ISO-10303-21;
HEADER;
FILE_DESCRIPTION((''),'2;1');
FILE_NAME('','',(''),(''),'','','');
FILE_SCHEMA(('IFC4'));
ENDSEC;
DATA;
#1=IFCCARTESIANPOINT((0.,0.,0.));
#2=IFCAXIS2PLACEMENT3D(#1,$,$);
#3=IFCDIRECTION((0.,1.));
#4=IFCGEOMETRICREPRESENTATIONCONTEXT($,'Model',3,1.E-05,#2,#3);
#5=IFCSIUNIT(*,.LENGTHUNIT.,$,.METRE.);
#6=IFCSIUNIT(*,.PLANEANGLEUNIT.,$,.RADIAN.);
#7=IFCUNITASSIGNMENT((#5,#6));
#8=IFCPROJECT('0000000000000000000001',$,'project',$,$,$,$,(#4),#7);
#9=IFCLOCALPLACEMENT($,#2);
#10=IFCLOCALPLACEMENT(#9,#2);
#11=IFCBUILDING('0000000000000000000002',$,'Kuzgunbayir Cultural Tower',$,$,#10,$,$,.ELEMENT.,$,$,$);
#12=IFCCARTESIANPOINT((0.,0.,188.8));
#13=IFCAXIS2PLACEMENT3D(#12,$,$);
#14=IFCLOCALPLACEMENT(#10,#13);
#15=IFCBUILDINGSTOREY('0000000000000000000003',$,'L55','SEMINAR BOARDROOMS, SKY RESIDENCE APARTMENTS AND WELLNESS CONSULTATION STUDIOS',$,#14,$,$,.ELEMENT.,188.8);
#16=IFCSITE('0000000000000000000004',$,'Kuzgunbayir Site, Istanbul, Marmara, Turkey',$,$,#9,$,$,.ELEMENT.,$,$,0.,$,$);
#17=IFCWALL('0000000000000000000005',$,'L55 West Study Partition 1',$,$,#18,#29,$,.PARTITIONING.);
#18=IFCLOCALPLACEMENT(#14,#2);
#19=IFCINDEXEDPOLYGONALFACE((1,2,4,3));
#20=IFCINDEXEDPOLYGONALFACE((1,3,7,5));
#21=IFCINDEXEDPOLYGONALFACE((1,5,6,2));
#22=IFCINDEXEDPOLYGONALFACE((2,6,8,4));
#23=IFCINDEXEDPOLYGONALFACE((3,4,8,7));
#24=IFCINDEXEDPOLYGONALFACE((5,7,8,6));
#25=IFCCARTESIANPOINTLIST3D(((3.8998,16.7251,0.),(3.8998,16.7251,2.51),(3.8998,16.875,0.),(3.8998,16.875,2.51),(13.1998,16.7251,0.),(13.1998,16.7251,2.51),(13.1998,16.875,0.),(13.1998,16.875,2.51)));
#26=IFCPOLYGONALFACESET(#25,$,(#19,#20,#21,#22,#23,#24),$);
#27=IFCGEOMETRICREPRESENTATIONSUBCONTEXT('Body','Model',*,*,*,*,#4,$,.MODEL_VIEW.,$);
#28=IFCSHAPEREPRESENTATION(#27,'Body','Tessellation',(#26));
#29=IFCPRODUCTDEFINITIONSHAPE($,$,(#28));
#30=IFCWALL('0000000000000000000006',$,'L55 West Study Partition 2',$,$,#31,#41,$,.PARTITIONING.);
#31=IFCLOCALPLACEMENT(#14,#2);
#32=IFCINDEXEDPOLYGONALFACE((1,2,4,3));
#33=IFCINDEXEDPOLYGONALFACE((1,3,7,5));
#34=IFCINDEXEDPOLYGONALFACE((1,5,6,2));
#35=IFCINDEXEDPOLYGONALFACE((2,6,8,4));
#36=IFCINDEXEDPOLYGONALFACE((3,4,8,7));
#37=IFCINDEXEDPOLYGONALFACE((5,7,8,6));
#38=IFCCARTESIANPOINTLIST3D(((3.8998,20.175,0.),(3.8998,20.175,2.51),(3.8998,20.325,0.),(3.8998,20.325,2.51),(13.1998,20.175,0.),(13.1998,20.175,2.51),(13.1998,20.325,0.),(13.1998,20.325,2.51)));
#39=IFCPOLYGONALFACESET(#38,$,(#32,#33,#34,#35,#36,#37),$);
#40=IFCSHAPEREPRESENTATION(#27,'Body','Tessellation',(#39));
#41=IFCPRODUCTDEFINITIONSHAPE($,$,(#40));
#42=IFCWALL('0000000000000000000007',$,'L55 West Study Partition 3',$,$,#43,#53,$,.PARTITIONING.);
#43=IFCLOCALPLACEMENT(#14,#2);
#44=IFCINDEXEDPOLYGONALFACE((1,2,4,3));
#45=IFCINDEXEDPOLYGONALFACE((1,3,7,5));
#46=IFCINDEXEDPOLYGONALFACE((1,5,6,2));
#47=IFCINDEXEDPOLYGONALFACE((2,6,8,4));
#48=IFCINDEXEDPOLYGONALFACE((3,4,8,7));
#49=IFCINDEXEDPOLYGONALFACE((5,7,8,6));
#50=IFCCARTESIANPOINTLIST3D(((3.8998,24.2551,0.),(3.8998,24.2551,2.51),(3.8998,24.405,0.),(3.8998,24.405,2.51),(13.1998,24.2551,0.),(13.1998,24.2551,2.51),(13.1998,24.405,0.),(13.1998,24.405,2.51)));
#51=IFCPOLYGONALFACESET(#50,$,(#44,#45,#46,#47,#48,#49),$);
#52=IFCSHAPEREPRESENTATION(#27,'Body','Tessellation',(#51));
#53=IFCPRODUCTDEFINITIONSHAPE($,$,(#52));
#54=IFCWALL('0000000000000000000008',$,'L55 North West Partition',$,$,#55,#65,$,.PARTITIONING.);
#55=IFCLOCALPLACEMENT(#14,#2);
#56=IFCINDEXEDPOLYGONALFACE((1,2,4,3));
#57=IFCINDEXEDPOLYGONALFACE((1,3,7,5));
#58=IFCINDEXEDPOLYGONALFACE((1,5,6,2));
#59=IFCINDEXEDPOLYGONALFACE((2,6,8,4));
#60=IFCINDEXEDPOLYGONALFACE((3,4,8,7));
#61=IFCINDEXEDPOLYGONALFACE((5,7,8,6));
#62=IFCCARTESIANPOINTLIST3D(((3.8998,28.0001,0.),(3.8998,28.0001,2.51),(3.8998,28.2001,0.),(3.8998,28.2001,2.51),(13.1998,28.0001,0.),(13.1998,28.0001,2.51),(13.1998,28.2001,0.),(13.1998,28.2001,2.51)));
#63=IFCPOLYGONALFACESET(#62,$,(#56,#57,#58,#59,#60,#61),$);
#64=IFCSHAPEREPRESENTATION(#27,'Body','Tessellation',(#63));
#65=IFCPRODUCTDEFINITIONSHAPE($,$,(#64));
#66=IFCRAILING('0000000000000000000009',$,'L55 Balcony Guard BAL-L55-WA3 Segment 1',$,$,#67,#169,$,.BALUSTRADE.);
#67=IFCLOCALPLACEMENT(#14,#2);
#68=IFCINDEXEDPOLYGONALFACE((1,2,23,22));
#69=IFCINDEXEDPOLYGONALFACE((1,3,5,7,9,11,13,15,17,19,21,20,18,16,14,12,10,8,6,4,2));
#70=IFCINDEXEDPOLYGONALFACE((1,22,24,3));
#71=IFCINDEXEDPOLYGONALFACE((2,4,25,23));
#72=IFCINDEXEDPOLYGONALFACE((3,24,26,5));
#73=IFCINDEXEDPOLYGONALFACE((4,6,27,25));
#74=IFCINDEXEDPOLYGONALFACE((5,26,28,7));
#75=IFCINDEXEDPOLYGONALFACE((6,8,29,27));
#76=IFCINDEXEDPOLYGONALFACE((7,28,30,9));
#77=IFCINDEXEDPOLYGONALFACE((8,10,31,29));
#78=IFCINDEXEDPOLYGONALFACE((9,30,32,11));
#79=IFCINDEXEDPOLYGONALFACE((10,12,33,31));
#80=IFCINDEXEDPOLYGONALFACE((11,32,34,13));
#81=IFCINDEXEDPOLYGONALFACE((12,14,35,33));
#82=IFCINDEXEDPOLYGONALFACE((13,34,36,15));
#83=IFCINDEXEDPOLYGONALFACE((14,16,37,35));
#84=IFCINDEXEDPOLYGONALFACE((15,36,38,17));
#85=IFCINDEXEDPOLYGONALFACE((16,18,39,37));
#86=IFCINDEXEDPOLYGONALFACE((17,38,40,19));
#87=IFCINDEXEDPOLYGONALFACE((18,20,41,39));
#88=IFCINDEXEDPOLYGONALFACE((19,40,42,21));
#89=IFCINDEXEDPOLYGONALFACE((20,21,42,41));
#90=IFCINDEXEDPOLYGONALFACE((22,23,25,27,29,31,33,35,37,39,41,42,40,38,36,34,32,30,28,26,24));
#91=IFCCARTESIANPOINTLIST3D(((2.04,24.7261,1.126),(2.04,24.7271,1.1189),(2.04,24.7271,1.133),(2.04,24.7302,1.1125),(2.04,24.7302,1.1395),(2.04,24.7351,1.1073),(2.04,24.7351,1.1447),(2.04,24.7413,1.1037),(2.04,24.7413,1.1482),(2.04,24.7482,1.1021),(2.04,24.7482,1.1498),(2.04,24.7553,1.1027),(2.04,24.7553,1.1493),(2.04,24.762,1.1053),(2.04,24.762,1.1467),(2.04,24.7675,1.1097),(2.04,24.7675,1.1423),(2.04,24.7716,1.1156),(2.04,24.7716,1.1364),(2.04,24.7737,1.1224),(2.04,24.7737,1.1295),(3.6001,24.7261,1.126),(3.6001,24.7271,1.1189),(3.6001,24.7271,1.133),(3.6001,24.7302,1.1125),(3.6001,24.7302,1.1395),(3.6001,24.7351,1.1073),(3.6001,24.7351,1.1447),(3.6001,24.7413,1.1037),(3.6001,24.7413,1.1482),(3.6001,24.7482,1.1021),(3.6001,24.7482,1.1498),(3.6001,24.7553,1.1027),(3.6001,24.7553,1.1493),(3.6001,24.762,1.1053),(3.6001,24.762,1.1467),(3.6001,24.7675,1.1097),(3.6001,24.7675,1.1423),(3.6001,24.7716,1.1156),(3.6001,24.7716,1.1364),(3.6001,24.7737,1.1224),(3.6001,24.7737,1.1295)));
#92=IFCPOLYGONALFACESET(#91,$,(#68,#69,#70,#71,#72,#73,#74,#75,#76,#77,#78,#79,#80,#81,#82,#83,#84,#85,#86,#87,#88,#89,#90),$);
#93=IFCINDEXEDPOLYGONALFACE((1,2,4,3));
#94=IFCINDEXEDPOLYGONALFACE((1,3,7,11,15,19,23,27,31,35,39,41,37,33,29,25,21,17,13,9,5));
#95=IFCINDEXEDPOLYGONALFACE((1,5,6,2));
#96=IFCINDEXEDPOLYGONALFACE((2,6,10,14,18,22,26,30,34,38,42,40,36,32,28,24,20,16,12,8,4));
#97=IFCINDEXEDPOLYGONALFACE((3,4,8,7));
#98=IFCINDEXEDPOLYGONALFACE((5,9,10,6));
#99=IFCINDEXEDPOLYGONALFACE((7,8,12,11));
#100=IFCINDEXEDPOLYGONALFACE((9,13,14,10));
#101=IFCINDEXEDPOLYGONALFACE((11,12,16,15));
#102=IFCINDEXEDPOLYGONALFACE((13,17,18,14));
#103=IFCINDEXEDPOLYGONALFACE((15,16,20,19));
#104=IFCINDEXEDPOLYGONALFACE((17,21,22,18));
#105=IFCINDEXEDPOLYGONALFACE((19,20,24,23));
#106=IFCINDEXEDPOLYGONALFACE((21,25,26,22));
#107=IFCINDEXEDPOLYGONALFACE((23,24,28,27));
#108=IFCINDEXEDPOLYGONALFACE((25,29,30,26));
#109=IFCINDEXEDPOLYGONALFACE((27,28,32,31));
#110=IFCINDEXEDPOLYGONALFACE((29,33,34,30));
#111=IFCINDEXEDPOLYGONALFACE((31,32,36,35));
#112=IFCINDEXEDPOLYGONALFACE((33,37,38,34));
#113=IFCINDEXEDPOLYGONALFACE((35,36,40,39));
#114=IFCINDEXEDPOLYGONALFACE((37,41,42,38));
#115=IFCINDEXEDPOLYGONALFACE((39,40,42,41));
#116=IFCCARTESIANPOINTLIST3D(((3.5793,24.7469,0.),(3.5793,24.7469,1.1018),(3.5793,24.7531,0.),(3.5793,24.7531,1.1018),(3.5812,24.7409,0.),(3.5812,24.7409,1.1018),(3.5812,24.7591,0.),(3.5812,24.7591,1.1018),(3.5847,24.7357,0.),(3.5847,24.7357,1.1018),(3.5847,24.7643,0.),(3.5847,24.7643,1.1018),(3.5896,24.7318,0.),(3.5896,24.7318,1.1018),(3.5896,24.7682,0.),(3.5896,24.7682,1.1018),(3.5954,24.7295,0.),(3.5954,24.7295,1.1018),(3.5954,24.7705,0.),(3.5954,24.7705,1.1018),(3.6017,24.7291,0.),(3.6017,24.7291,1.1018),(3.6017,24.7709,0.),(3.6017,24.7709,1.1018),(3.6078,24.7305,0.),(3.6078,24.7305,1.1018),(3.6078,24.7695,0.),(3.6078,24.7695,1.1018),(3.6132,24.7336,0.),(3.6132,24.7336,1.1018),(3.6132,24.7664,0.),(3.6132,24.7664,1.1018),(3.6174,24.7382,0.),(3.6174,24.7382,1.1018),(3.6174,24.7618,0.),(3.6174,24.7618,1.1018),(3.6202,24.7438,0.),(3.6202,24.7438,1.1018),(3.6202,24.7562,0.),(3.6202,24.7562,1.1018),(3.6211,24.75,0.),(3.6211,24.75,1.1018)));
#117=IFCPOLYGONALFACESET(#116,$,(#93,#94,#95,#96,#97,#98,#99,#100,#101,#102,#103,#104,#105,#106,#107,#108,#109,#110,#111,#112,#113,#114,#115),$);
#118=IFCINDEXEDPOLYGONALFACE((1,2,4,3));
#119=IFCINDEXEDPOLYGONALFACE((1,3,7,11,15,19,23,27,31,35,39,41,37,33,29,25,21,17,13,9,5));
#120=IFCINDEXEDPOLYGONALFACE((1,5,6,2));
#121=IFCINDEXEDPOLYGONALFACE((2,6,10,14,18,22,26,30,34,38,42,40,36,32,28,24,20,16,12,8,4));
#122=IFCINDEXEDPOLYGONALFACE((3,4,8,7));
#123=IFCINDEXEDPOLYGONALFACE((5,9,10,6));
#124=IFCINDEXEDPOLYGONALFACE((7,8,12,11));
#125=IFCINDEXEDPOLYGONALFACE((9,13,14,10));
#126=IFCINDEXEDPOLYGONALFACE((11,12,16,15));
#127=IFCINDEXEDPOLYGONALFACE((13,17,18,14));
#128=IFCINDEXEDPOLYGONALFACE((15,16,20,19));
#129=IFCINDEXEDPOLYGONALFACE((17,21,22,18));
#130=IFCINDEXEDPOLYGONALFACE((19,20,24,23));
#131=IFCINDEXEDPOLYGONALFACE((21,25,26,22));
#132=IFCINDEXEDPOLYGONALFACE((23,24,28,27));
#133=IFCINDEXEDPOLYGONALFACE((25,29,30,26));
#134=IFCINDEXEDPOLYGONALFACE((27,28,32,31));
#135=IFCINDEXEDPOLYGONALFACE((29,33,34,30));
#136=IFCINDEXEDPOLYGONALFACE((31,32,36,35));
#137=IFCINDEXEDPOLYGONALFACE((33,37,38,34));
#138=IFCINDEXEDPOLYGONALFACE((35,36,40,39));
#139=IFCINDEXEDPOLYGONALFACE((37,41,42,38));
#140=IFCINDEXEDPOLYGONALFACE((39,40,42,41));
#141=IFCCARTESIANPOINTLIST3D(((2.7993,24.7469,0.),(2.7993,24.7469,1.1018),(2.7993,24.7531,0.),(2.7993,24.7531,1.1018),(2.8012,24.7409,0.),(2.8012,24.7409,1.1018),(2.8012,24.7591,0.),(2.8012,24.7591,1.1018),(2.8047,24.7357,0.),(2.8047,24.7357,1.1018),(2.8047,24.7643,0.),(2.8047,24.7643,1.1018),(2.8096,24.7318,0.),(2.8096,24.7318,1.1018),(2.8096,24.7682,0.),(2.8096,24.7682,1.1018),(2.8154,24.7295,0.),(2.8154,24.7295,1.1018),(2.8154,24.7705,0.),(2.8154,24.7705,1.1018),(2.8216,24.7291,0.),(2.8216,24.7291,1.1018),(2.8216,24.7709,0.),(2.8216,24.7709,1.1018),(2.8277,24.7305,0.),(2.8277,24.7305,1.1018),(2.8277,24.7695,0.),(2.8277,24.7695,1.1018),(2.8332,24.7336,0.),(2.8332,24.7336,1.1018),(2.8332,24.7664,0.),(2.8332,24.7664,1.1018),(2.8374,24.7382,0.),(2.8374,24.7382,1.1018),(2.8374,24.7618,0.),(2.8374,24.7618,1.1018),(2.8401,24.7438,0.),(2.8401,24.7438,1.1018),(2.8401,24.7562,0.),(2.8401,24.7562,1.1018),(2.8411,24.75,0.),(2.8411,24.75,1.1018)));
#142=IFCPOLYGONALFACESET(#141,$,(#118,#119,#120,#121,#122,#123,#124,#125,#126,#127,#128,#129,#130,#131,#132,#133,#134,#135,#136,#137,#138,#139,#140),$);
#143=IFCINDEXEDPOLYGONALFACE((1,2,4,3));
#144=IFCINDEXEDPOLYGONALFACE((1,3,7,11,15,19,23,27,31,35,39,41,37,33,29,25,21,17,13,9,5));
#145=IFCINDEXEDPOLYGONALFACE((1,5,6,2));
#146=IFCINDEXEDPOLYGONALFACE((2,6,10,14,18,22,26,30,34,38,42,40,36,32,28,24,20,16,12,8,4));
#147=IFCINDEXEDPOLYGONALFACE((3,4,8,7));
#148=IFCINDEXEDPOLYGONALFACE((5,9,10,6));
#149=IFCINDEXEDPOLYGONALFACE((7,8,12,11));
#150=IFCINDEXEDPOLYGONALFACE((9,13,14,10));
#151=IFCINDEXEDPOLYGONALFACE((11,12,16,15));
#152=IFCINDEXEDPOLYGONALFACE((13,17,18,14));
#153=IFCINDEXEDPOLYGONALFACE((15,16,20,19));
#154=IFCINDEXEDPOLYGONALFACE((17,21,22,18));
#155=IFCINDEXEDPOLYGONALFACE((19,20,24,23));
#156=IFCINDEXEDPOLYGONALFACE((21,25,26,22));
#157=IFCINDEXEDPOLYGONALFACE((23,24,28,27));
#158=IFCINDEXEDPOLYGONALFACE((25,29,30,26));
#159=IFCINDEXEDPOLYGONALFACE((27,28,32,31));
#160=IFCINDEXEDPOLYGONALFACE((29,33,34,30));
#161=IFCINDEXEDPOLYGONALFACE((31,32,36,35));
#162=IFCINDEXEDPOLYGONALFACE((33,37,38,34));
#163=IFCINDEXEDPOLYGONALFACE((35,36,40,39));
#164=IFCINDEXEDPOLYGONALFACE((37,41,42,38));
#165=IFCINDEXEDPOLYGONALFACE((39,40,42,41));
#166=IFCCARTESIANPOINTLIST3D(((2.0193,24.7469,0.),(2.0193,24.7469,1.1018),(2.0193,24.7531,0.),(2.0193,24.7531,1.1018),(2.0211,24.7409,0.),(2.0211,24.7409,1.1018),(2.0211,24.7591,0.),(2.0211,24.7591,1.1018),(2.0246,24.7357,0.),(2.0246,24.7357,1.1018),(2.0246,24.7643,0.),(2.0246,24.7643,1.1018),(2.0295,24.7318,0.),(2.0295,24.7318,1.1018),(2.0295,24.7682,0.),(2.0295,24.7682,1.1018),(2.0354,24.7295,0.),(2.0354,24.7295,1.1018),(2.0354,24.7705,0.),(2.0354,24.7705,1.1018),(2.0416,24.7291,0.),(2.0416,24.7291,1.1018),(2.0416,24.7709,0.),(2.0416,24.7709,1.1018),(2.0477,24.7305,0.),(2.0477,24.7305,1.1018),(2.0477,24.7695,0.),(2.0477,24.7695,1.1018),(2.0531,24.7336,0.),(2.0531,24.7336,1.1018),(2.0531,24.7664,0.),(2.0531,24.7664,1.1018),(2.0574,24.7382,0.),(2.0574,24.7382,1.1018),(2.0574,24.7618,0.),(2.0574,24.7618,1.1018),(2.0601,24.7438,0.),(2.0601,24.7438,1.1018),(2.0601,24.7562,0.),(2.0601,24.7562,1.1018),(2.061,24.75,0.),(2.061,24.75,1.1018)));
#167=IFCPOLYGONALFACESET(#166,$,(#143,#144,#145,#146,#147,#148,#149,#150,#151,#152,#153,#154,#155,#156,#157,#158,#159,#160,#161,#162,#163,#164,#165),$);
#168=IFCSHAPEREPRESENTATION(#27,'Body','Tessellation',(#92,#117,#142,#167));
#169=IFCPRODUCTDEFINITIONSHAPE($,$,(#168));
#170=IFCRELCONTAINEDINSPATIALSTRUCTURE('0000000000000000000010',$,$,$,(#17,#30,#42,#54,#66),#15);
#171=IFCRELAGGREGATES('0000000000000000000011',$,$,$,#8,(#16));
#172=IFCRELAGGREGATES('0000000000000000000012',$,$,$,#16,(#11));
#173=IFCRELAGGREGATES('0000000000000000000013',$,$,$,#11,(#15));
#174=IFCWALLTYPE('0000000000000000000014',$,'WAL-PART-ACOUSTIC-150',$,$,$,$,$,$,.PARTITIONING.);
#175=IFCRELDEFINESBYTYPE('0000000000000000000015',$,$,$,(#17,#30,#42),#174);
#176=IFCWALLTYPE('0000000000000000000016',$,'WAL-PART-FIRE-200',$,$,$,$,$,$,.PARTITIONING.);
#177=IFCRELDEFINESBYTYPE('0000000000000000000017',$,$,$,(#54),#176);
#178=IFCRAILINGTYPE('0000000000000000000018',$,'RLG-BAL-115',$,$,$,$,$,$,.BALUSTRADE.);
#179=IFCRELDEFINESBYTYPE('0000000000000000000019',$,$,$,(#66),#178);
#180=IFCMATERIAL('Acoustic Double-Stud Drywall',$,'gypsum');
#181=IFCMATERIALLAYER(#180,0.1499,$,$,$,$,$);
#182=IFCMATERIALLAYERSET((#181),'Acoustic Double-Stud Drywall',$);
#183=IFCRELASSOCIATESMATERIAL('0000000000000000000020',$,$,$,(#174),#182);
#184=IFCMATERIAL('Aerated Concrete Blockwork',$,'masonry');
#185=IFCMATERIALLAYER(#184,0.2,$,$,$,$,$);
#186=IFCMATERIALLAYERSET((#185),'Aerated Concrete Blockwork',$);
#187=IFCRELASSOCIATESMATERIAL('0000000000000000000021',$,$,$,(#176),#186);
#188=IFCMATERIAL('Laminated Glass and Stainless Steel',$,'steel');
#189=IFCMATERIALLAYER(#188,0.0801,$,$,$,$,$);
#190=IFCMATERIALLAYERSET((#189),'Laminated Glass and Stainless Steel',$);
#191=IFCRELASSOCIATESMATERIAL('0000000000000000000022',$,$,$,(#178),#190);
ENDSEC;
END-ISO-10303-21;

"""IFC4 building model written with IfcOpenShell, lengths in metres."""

from ifc_helpers import new_model, si_unit, direction, frame, frame_2d, origin, origin_2d, place, context, subcontext, project, spatial, rectangle, circle, extrude, material, layer, layer_set, type_object, element, save


model = new_model("IFC4")

# Units and contexts
model_context = context("Model", 3, precision=1e-05, world=origin(), true_north=direction((0.0, 1.0)))
body_context = subcontext(model_context, "Body", "Model", "MODEL_VIEW")
ifc_project = project(units=[si_unit("LENGTHUNIT", "METRE"), si_unit("PLANEANGLEUNIT", "RADIAN")], contexts=[model_context])

# Site, building, storey
site_placement = place(None, origin())
site = spatial("IfcSite", under=ifc_project, at=site_placement, Name="Kuzgunbayir Site, Istanbul, Marmara, Turkey", CompositionType="ELEMENT", RefElevation=0.0)
building_placement = place(site_placement, origin())
building = spatial("IfcBuilding", under=site, at=building_placement, Name="Kuzgunbayir Cultural Tower", CompositionType="ELEMENT")
storey_placement = place(building_placement, frame((0.0, 0.0, 188.8)))
storey = spatial("IfcBuildingStorey", under=building, at=storey_placement, Name="L55", Description="SEMINAR BOARDROOMS, SKY RESIDENCE APARTMENTS AND WELLNESS CONSULTATION STUDIOS", CompositionType="ELEMENT", Elevation=188.8)

# Walls
ifc_material_1 = material(Name="Acoustic Double-Stud Drywall", Category="gypsum")
ifc_layer_1 = layer(ifc_material_1, 0.1499)
ifc_layer_set_1 = layer_set([ifc_layer_1], Name="Acoustic Double-Stud Drywall")
wall_type_1 = type_object("IfcWallType", Name="WAL-PART-ACOUSTIC-150", PredefinedType="PARTITIONING", material=ifc_layer_set_1)
for number, where, z_axis, x_axis, name in (
    (1, (3.8999, 16.8, 0.0), (0.0, 0.0, 1.0), (1.0, 0.0, 0.0), "L55 West Study Partition 1"),
    (2, (3.8999, 20.25, 0.0), (0.0, 0.0, 1.0), (1.0, 0.0, 0.0), "L55 West Study Partition 2"),
    (3, (3.8999, 24.3301, 0.0), (0.0, 0.0, 1.0), (1.0, 0.0, 0.0), "L55 West Study Partition 3"),
):
    element("IfcWall", number, at=place(storey_placement, frame(where, z_axis=z_axis, x_axis=x_axis)), inside=storey, type_object=wall_type_1, Name=name, PredefinedType="PARTITIONING", context=body_context, shape_type="SweptSolid", body=[
        extrude(rectangle(XDim=9.3, YDim=0.1499, at=frame_2d((4.6499, 0.0))), origin(), (0.0, 0.0, 1.0), 2.51),
    ])
ifc_material_2 = material(Name="Aerated Concrete Blockwork", Category="masonry")
ifc_layer_2 = layer(ifc_material_2, 0.2)
ifc_layer_set_2 = layer_set([ifc_layer_2], Name="Aerated Concrete Blockwork")
wall_type_2 = type_object("IfcWallType", Name="WAL-PART-FIRE-200", PredefinedType="PARTITIONING", material=ifc_layer_set_2)
wall_placement = place(storey_placement, frame((3.8999, 28.1001, 0.0), z_axis=(0.0, 0.0, 1.0), x_axis=(1.0, 0.0, 0.0)))
element("IfcWall", 4, at=wall_placement, inside=storey, type_object=wall_type_2, Name="L55 North West Partition", PredefinedType="PARTITIONING", context=body_context, shape_type="SweptSolid", body=[
    extrude(rectangle(XDim=9.3, YDim=0.2, at=frame_2d((4.6499, 0.0))), origin(), (0.0, 0.0, 1.0), 2.51),
])

# Railing
ifc_material_3 = material(Name="Laminated Glass and Stainless Steel", Category="steel")
ifc_layer_3 = layer(ifc_material_3, 0.0801)
ifc_layer_set_3 = layer_set([ifc_layer_3], Name="Laminated Glass and Stainless Steel")
railing_type = type_object("IfcRailingType", Name="RLG-BAL-115", PredefinedType="BALUSTRADE", material=ifc_layer_set_3)
railing_1_placement = place(storey_placement, frame((3.6001, 24.75, 0.0)))
element("IfcRailing", 5, at=railing_1_placement, inside=storey, type_object=railing_type, Name="L55 Balcony Guard BAL-L55-WA3 Segment 1", PredefinedType="BALUSTRADE", context=body_context, shape_type="SweptSolid", body=[
    extrude(circle(Radius=0.0239, at=origin_2d()), frame((0.0, 0.0, 1.126), z_axis=(-1.0, 0.0, 0.0), x_axis=(0.0, -1.0, 0.0)), (0.0, 0.0, 1.0), 1.5601),
    extrude(circle(Radius=0.021, at=origin_2d()), origin(), (0.0, 0.0, 1.0), 1.1018),
    extrude(circle(Radius=0.021, at=origin_2d()), frame((-0.78, 0.0, 0.0)), (0.0, 0.0, 1.0), 1.1018),
    extrude(circle(Radius=0.021, at=origin_2d()), frame((-1.5601, 0.0, 0.0)), (0.0, 0.0, 1.0), 1.1018),
])

save(model, "model.ifc")
